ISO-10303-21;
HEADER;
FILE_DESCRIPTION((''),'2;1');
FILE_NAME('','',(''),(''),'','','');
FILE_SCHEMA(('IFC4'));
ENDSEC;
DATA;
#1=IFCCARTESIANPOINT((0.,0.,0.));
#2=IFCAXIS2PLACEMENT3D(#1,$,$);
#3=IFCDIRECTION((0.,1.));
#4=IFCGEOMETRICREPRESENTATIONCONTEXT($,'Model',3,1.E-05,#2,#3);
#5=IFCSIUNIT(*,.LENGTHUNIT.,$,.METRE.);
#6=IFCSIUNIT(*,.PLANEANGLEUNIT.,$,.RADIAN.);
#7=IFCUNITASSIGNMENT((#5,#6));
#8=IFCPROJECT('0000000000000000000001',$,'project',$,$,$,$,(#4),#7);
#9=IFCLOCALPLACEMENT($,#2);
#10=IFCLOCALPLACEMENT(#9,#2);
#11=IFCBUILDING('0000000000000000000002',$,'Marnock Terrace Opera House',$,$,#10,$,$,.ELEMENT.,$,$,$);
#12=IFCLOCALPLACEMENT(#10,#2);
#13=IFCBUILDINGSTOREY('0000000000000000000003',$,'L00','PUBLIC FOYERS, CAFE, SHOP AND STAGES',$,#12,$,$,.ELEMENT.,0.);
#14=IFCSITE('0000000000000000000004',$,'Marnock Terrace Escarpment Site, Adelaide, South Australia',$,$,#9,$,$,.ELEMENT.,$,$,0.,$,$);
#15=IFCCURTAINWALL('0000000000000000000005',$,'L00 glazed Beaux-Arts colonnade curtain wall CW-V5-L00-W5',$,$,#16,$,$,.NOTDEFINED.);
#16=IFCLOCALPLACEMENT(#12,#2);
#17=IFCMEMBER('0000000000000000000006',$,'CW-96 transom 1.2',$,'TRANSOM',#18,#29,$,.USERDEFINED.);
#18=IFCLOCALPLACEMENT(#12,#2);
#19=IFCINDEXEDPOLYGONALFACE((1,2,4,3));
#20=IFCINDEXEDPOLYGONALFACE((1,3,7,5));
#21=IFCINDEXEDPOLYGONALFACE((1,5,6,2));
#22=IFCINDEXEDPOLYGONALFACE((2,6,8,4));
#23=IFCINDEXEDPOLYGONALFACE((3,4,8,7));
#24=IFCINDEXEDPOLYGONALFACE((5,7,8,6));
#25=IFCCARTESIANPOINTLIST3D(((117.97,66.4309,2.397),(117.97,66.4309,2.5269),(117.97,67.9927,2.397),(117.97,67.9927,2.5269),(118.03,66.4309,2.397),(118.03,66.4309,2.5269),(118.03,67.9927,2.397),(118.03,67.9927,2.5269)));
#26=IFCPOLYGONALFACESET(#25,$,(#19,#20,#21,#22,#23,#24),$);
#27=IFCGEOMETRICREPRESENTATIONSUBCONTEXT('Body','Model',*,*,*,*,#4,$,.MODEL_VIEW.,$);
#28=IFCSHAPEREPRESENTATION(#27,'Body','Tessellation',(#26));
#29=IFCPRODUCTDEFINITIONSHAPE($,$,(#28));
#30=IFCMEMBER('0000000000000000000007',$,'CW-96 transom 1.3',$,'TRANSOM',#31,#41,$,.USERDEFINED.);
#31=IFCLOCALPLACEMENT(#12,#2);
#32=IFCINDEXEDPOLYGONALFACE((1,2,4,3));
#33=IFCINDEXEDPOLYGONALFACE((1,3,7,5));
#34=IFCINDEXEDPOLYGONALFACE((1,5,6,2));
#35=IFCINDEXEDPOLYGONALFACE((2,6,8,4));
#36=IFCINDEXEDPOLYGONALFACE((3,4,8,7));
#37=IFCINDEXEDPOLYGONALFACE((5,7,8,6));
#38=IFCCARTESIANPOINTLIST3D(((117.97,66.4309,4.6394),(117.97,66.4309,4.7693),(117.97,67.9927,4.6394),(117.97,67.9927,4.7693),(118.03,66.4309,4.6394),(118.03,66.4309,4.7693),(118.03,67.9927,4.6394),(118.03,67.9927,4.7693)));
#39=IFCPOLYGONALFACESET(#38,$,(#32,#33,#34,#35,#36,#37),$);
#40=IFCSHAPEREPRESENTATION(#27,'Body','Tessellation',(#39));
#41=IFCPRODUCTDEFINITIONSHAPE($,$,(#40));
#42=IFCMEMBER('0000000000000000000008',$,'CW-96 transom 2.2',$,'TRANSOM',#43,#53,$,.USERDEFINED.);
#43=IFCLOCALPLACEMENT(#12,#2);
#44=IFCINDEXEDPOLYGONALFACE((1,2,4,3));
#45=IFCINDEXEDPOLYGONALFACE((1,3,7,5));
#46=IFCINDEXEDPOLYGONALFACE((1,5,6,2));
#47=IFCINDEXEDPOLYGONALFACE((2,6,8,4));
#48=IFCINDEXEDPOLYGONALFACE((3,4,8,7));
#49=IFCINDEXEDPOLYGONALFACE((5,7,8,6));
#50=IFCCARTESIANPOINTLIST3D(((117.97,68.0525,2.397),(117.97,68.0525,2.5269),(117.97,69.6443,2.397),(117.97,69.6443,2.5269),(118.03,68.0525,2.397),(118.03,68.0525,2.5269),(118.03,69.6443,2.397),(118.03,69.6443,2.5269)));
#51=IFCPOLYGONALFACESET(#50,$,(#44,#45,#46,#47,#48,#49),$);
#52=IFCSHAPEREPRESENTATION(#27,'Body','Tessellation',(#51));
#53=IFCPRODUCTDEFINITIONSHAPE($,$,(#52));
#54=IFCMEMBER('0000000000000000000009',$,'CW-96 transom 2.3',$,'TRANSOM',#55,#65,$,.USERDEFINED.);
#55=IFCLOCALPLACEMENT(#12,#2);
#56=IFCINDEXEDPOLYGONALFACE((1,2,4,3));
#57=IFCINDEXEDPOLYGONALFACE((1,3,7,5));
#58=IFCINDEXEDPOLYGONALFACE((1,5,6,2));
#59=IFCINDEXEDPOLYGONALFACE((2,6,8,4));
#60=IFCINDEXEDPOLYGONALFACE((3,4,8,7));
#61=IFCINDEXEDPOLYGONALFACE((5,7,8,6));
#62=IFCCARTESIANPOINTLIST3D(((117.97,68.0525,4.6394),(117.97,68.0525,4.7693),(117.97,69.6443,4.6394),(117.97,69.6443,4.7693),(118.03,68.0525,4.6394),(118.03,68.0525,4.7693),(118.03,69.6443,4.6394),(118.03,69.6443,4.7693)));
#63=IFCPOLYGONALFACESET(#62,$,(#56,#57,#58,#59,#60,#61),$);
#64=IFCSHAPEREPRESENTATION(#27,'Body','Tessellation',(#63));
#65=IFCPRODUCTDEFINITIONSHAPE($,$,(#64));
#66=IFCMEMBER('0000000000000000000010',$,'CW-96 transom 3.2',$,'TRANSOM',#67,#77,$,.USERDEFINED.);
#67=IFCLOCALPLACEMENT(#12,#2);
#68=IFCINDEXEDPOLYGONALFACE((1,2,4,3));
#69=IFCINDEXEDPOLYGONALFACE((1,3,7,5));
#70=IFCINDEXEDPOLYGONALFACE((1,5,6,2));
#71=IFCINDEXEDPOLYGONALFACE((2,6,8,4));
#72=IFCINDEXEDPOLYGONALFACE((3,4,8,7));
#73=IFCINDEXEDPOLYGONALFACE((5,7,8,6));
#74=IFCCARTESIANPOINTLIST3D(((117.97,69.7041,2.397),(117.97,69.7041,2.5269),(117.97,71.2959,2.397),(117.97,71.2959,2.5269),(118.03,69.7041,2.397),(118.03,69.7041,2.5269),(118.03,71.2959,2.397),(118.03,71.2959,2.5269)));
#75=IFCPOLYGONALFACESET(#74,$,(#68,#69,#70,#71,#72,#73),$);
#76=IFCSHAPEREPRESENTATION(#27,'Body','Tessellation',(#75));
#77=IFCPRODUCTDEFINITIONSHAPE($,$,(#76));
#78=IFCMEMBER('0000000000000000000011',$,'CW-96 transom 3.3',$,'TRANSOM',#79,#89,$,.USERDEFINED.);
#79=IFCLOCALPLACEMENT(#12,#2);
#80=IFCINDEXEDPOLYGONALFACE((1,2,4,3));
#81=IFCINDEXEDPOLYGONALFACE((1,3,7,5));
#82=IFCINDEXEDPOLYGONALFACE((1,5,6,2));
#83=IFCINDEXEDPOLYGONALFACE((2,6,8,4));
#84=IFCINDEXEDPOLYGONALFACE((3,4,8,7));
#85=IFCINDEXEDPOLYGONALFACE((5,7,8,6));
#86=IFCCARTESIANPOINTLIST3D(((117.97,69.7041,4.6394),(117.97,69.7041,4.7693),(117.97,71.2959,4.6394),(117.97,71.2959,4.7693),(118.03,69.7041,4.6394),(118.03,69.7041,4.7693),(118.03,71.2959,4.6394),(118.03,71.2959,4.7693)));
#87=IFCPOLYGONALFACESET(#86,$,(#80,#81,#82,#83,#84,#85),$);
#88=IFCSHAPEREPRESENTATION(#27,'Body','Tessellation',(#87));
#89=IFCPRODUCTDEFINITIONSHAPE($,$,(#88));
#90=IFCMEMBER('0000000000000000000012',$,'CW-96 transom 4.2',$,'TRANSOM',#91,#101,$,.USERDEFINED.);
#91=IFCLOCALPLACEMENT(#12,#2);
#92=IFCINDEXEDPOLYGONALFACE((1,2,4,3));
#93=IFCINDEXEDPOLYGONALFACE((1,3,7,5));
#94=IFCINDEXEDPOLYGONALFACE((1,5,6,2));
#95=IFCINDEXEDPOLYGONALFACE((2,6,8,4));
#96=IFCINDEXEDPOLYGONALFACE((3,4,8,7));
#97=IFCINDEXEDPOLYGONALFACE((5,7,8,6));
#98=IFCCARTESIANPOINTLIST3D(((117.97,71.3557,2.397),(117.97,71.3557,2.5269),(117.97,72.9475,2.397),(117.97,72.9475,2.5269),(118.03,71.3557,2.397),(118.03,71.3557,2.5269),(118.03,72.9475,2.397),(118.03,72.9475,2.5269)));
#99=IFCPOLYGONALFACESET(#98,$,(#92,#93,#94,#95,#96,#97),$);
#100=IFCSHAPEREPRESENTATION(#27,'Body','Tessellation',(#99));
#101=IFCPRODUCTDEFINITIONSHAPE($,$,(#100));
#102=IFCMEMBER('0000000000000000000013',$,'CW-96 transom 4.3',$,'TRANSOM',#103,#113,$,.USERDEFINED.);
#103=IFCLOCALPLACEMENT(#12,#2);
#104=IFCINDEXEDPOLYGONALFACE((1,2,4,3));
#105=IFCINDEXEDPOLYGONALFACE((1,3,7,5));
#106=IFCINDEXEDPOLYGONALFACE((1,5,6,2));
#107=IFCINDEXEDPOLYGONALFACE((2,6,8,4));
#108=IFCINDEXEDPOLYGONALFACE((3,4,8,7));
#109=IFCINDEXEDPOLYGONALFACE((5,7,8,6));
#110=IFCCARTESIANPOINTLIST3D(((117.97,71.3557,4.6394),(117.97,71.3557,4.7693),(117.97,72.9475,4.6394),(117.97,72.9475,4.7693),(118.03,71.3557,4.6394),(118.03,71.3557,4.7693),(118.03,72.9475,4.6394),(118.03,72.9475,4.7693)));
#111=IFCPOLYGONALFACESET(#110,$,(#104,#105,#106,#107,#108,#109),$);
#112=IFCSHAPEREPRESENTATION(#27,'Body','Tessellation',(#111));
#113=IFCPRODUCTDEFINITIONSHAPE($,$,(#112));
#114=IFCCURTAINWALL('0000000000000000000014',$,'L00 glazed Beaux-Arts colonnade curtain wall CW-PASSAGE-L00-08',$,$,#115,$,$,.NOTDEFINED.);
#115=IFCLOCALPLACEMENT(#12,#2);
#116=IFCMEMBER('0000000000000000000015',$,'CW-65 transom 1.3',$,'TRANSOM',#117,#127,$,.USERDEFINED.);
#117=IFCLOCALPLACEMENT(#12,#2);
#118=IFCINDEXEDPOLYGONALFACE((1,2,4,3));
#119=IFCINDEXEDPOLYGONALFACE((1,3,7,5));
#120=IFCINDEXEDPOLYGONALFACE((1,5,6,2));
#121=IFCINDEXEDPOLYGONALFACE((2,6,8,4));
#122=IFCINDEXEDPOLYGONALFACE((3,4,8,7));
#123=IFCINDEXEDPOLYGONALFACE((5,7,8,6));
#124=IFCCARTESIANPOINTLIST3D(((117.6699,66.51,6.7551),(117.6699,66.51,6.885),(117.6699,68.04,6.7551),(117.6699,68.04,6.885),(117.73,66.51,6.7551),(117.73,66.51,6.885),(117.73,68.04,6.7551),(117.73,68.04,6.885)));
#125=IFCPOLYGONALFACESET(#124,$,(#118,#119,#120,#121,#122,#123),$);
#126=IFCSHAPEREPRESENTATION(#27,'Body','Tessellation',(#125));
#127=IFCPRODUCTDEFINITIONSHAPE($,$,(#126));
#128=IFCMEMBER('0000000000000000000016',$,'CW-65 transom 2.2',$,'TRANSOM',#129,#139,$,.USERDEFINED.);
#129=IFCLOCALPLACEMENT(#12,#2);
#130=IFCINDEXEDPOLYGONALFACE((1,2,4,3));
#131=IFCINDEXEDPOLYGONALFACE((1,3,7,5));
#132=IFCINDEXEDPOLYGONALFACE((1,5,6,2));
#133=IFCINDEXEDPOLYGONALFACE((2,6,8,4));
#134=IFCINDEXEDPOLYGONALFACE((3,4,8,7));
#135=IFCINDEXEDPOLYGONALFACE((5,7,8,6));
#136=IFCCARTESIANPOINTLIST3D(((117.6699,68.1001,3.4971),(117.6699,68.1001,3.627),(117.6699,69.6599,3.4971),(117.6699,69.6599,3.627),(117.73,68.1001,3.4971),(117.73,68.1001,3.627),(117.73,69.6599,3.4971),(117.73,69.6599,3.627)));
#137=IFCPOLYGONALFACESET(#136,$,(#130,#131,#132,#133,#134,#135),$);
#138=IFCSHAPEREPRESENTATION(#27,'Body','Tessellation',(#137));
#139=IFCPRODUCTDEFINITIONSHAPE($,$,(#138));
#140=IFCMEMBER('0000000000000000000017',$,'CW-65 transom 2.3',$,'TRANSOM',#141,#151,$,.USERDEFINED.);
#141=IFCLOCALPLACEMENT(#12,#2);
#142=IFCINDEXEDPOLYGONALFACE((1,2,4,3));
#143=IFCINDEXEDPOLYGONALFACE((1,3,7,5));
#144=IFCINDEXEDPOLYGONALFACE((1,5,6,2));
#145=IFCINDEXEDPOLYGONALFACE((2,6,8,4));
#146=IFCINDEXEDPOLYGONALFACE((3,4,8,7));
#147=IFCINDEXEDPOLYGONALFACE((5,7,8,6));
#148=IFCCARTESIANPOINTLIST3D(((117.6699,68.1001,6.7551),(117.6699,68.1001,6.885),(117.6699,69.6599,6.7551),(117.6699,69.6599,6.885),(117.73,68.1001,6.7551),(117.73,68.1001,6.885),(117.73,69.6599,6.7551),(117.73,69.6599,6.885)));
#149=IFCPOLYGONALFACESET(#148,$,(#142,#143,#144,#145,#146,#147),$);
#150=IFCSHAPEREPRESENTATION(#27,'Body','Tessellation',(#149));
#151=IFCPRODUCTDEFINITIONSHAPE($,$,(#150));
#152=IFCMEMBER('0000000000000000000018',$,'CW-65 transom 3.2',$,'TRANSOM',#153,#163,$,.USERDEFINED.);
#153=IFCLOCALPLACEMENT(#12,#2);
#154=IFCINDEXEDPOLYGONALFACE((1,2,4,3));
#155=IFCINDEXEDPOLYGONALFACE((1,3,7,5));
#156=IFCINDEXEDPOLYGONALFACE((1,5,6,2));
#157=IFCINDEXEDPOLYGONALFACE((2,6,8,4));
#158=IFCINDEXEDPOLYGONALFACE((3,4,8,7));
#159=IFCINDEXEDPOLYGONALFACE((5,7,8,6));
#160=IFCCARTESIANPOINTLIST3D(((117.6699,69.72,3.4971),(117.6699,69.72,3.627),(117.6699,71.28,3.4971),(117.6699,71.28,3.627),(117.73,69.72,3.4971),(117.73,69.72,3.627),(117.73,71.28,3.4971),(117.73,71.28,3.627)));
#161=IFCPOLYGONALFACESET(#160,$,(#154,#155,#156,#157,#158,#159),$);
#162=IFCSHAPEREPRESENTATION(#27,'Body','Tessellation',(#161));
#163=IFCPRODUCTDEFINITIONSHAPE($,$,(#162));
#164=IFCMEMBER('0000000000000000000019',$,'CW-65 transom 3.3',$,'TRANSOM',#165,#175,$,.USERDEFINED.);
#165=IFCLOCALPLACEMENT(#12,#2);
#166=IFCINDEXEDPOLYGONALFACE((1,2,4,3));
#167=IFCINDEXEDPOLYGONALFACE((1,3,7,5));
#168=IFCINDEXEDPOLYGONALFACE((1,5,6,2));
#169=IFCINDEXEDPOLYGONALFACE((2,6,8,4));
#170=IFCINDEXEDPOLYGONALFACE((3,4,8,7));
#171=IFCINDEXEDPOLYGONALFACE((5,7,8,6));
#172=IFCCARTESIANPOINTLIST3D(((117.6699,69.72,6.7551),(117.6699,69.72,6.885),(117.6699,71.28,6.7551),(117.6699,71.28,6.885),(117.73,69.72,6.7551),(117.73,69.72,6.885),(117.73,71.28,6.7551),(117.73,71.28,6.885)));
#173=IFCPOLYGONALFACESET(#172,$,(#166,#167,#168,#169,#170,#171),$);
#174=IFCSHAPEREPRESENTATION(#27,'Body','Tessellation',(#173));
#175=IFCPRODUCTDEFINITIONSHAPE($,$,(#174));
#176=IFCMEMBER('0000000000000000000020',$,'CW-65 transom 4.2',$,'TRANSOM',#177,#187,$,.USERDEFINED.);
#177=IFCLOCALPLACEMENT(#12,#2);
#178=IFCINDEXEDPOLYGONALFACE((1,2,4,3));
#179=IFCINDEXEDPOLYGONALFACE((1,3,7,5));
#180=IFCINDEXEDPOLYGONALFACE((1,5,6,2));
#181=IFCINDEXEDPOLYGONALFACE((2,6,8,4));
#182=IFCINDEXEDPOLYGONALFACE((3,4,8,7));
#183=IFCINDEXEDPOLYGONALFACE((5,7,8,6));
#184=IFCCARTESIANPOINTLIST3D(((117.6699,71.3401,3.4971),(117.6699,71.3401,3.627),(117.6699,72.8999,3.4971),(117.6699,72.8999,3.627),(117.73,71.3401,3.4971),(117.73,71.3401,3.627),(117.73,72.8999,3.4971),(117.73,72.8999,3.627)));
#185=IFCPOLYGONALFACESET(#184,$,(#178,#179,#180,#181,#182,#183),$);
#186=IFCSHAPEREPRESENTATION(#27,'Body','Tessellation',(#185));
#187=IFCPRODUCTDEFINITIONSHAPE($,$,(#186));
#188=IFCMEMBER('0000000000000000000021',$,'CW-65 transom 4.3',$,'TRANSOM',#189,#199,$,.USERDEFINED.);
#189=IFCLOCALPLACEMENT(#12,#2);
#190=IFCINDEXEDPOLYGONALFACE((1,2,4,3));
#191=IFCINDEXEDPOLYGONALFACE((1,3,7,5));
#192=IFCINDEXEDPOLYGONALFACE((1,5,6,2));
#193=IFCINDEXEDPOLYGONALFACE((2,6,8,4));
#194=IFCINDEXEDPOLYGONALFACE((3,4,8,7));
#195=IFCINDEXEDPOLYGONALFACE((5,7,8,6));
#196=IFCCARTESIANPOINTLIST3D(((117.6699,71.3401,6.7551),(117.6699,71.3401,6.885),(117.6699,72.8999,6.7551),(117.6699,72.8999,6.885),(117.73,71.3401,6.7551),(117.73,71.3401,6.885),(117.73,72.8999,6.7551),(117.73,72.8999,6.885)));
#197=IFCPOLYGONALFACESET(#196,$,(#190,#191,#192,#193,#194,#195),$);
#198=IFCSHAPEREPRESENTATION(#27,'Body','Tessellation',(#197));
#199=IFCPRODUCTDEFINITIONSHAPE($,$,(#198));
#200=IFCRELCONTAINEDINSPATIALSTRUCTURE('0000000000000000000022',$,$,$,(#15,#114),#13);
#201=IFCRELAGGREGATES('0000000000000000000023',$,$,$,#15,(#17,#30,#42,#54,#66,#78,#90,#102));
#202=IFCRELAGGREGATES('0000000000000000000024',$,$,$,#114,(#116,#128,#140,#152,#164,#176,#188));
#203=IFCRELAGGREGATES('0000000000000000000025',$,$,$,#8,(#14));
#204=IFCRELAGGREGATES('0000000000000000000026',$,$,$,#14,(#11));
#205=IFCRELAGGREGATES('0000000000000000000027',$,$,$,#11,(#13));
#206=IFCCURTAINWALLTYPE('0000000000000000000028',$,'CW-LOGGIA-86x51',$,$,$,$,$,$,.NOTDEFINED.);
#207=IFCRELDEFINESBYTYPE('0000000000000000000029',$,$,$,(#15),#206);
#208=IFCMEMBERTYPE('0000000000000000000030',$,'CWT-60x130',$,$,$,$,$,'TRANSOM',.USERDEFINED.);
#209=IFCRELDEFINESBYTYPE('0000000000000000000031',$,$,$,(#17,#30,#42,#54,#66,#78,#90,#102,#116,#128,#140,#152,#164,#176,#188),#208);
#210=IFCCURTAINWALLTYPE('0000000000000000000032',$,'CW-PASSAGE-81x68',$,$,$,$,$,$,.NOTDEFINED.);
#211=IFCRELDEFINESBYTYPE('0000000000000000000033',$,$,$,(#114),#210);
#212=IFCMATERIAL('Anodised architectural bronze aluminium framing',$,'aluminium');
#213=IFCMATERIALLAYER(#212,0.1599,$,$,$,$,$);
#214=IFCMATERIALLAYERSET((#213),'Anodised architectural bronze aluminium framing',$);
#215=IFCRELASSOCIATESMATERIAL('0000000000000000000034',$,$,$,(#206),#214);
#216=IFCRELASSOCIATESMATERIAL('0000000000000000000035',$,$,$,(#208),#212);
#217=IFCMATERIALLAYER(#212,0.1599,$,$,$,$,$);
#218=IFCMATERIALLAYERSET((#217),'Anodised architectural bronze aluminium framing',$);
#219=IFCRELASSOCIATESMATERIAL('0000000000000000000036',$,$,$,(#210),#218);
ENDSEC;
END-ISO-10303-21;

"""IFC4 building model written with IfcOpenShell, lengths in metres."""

from ifc_helpers import new_model, si_unit, direction, frame, origin, origin_2d, place, context, subcontext, project, spatial, rectangle, extrude, material, layer, layer_set, material_profile, profile_set, type_object, element, aggregate, save


model = new_model("IFC4")

# Units and contexts
model_context = context("Model", 3, precision=1e-05, world=origin(), true_north=direction((0.0, 1.0)))
body_context = subcontext(model_context, "Body", "Model", "MODEL_VIEW")
ifc_project = project(units=[si_unit("LENGTHUNIT", "METRE"), si_unit("PLANEANGLEUNIT", "RADIAN")], contexts=[model_context])

# Site, building, storey
site_placement = place(None, origin())
site = spatial("IfcSite", under=ifc_project, at=site_placement, Name="Marnock Terrace Escarpment Site, Adelaide, South Australia", CompositionType="ELEMENT", RefElevation=0.0)
building_placement = place(site_placement, origin())
building = spatial("IfcBuilding", under=site, at=building_placement, Name="Marnock Terrace Opera House", CompositionType="ELEMENT")
storey_placement = place(building_placement, origin())
storey = spatial("IfcBuildingStorey", under=building, at=storey_placement, Name="L00", Description="PUBLIC FOYERS, CAFE, SHOP AND STAGES", CompositionType="ELEMENT", Elevation=0.0)

# Curtain walls, members
ifc_material_1 = material(Name="Anodised architectural bronze aluminium framing", Category="aluminium")
ifc_layer_1 = layer(ifc_material_1, 0.1599)
ifc_layer_set_1 = layer_set([ifc_layer_1], Name="Anodised architectural bronze aluminium framing")
curtain_wall_type_1 = type_object("IfcCurtainWallType", Name="CW-LOGGIA-86x51", PredefinedType="NOTDEFINED", material=ifc_layer_set_1)
curtain_wall_1_placement = place(storey_placement, origin())
curtain_wall_1 = element("IfcCurtainWall", 1, at=curtain_wall_1_placement, inside=storey, type_object=curtain_wall_type_1, Name="L00 glazed Beaux-Arts colonnade curtain wall CW-V5-L00-W5", PredefinedType="NOTDEFINED")
ifc_material_profile = material_profile(ifc_material_1, rectangle(XDim=0.0601, YDim=0.1299, at=origin_2d()))
ifc_profile_set = profile_set([ifc_material_profile], Name="Anodised architectural bronze aluminium framing")
member_type = type_object("IfcMemberType", Name="CWT-60x130", ElementType="TRANSOM", PredefinedType="USERDEFINED", material=ifc_profile_set)
member_1_placement = place(storey_placement, frame((118.0, 66.4309, 2.4619), z_axis=(0.0, 1.0, 0.0), x_axis=(-1.0, 0.0, 0.0)))
member_1 = element("IfcMember", 2, at=member_1_placement, type_object=member_type, Name="CW-96 transom 1.2", ObjectType="TRANSOM", PredefinedType="USERDEFINED", context=body_context, shape_type="SweptSolid", body=[
    extrude(rectangle(XDim=0.0601, YDim=0.1299, at=origin_2d()), origin(), (0.0, 0.0, 1.0), 1.5618),
])
member_2_placement = place(storey_placement, frame((118.0, 66.4309, 4.7043), z_axis=(0.0, 1.0, 0.0), x_axis=(-1.0, 0.0, 0.0)))
member_2 = element("IfcMember", 3, at=member_2_placement, type_object=member_type, Name="CW-96 transom 1.3", ObjectType="TRANSOM", PredefinedType="USERDEFINED", context=body_context, shape_type="SweptSolid", body=[
    extrude(rectangle(XDim=0.0601, YDim=0.1299, at=origin_2d()), origin(), (0.0, 0.0, 1.0), 1.5618),
])
member_3_placement = place(storey_placement, frame((118.0, 68.0525, 2.4619), z_axis=(0.0, 1.0, 0.0), x_axis=(-1.0, 0.0, 0.0)))
member_3 = element("IfcMember", 4, at=member_3_placement, type_object=member_type, Name="CW-96 transom 2.2", ObjectType="TRANSOM", PredefinedType="USERDEFINED", context=body_context, shape_type="SweptSolid", body=[
    extrude(rectangle(XDim=0.0601, YDim=0.1299, at=origin_2d()), origin(), (0.0, 0.0, 1.0), 1.5918),
])
member_4_placement = place(storey_placement, frame((118.0, 68.0525, 4.7043), z_axis=(0.0, 1.0, 0.0), x_axis=(-1.0, 0.0, 0.0)))
member_4 = element("IfcMember", 5, at=member_4_placement, type_object=member_type, Name="CW-96 transom 2.3", ObjectType="TRANSOM", PredefinedType="USERDEFINED", context=body_context, shape_type="SweptSolid", body=[
    extrude(rectangle(XDim=0.0601, YDim=0.1299, at=origin_2d()), origin(), (0.0, 0.0, 1.0), 1.5918),
])
member_5_placement = place(storey_placement, frame((118.0, 69.7041, 2.4619), z_axis=(0.0, 1.0, 0.0), x_axis=(-1.0, 0.0, 0.0)))
member_5 = element("IfcMember", 6, at=member_5_placement, type_object=member_type, Name="CW-96 transom 3.2", ObjectType="TRANSOM", PredefinedType="USERDEFINED", context=body_context, shape_type="SweptSolid", body=[
    extrude(rectangle(XDim=0.0601, YDim=0.1299, at=origin_2d()), origin(), (0.0, 0.0, 1.0), 1.5918),
])
member_6_placement = place(storey_placement, frame((118.0, 69.7041, 4.7043), z_axis=(0.0, 1.0, 0.0), x_axis=(-1.0, 0.0, 0.0)))
member_6 = element("IfcMember", 7, at=member_6_placement, type_object=member_type, Name="CW-96 transom 3.3", ObjectType="TRANSOM", PredefinedType="USERDEFINED", context=body_context, shape_type="SweptSolid", body=[
    extrude(rectangle(XDim=0.0601, YDim=0.1299, at=origin_2d()), origin(), (0.0, 0.0, 1.0), 1.5918),
])
member_7_placement = place(storey_placement, frame((118.0, 71.3557, 2.4619), z_axis=(0.0, 1.0, 0.0), x_axis=(-1.0, 0.0, 0.0)))
member_7 = element("IfcMember", 8, at=member_7_placement, type_object=member_type, Name="CW-96 transom 4.2", ObjectType="TRANSOM", PredefinedType="USERDEFINED", context=body_context, shape_type="SweptSolid", body=[
    extrude(rectangle(XDim=0.0601, YDim=0.1299, at=origin_2d()), origin(), (0.0, 0.0, 1.0), 1.5918),
])
member_8_placement = place(storey_placement, frame((118.0, 71.3557, 4.7043), z_axis=(0.0, 1.0, 0.0), x_axis=(-1.0, 0.0, 0.0)))
member_8 = element("IfcMember", 9, at=member_8_placement, type_object=member_type, Name="CW-96 transom 4.3", ObjectType="TRANSOM", PredefinedType="USERDEFINED", context=body_context, shape_type="SweptSolid", body=[
    extrude(rectangle(XDim=0.0601, YDim=0.1299, at=origin_2d()), origin(), (0.0, 0.0, 1.0), 1.5918),
])
ifc_layer_2 = layer(ifc_material_1, 0.1599)
ifc_layer_set_2 = layer_set([ifc_layer_2], Name="Anodised architectural bronze aluminium framing")
curtain_wall_type_2 = type_object("IfcCurtainWallType", Name="CW-PASSAGE-81x68", PredefinedType="NOTDEFINED", material=ifc_layer_set_2)
curtain_wall_2_placement = place(storey_placement, origin())
curtain_wall_2 = element("IfcCurtainWall", 10, at=curtain_wall_2_placement, inside=storey, type_object=curtain_wall_type_2, Name="L00 glazed Beaux-Arts colonnade curtain wall CW-PASSAGE-L00-08", PredefinedType="NOTDEFINED")
member_9_placement = place(storey_placement, frame((117.7, 66.51, 6.8201), z_axis=(0.0, 1.0, 0.0), x_axis=(-1.0, 0.0, 0.0)))
member_9 = element("IfcMember", 11, at=member_9_placement, type_object=member_type, Name="CW-65 transom 1.3", ObjectType="TRANSOM", PredefinedType="USERDEFINED", context=body_context, shape_type="SweptSolid", body=[
    extrude(rectangle(XDim=0.0601, YDim=0.1299, at=origin_2d()), origin(), (0.0, 0.0, 1.0), 1.53),
])
member_10_placement = place(storey_placement, frame((117.7, 68.1001, 3.562), z_axis=(0.0, 1.0, 0.0), x_axis=(-1.0, 0.0, 0.0)))
member_10 = element("IfcMember", 12, at=member_10_placement, type_object=member_type, Name="CW-65 transom 2.2", ObjectType="TRANSOM", PredefinedType="USERDEFINED", context=body_context, shape_type="SweptSolid", body=[
    extrude(rectangle(XDim=0.0601, YDim=0.1299, at=origin_2d()), origin(), (0.0, 0.0, 1.0), 1.5598),
])
member_11_placement = place(storey_placement, frame((117.7, 68.1001, 6.8201), z_axis=(0.0, 1.0, 0.0), x_axis=(-1.0, 0.0, 0.0)))
member_11 = element("IfcMember", 13, at=member_11_placement, type_object=member_type, Name="CW-65 transom 2.3", ObjectType="TRANSOM", PredefinedType="USERDEFINED", context=body_context, shape_type="SweptSolid", body=[
    extrude(rectangle(XDim=0.0601, YDim=0.1299, at=origin_2d()), origin(), (0.0, 0.0, 1.0), 1.5598),
])
member_12_placement = place(storey_placement, frame((117.7, 69.72, 3.562), z_axis=(0.0, 1.0, 0.0), x_axis=(-1.0, 0.0, 0.0)))
member_12 = element("IfcMember", 14, at=member_12_placement, type_object=member_type, Name="CW-65 transom 3.2", ObjectType="TRANSOM", PredefinedType="USERDEFINED", context=body_context, shape_type="SweptSolid", body=[
    extrude(rectangle(XDim=0.0601, YDim=0.1299, at=origin_2d()), origin(), (0.0, 0.0, 1.0), 1.5601),
])
member_13_placement = place(storey_placement, frame((117.7, 69.72, 6.8201), z_axis=(0.0, 1.0, 0.0), x_axis=(-1.0, 0.0, 0.0)))
member_13 = element("IfcMember", 15, at=member_13_placement, type_object=member_type, Name="CW-65 transom 3.3", ObjectType="TRANSOM", PredefinedType="USERDEFINED", context=body_context, shape_type="SweptSolid", body=[
    extrude(rectangle(XDim=0.0601, YDim=0.1299, at=origin_2d()), origin(), (0.0, 0.0, 1.0), 1.5601),
])
member_14_placement = place(storey_placement, frame((117.7, 71.3401, 3.562), z_axis=(0.0, 1.0, 0.0), x_axis=(-1.0, 0.0, 0.0)))
member_14 = element("IfcMember", 16, at=member_14_placement, type_object=member_type, Name="CW-65 transom 4.2", ObjectType="TRANSOM", PredefinedType="USERDEFINED", context=body_context, shape_type="SweptSolid", body=[
    extrude(rectangle(XDim=0.0601, YDim=0.1299, at=origin_2d()), origin(), (0.0, 0.0, 1.0), 1.5598),
])
member_15_placement = place(storey_placement, frame((117.7, 71.3401, 6.8201), z_axis=(0.0, 1.0, 0.0), x_axis=(-1.0, 0.0, 0.0)))
member_15 = element("IfcMember", 17, at=member_15_placement, type_object=member_type, Name="CW-65 transom 4.3", ObjectType="TRANSOM", PredefinedType="USERDEFINED", context=body_context, shape_type="SweptSolid", body=[
    extrude(rectangle(XDim=0.0601, YDim=0.1299, at=origin_2d()), origin(), (0.0, 0.0, 1.0), 1.5598),
])

aggregate(curtain_wall_1, [member_1, member_2, member_3, member_4, member_5, member_6, member_7, member_8])
aggregate(curtain_wall_2, [member_9, member_10, member_11, member_12, member_13, member_14, member_15])

save(model, "model.ifc")
